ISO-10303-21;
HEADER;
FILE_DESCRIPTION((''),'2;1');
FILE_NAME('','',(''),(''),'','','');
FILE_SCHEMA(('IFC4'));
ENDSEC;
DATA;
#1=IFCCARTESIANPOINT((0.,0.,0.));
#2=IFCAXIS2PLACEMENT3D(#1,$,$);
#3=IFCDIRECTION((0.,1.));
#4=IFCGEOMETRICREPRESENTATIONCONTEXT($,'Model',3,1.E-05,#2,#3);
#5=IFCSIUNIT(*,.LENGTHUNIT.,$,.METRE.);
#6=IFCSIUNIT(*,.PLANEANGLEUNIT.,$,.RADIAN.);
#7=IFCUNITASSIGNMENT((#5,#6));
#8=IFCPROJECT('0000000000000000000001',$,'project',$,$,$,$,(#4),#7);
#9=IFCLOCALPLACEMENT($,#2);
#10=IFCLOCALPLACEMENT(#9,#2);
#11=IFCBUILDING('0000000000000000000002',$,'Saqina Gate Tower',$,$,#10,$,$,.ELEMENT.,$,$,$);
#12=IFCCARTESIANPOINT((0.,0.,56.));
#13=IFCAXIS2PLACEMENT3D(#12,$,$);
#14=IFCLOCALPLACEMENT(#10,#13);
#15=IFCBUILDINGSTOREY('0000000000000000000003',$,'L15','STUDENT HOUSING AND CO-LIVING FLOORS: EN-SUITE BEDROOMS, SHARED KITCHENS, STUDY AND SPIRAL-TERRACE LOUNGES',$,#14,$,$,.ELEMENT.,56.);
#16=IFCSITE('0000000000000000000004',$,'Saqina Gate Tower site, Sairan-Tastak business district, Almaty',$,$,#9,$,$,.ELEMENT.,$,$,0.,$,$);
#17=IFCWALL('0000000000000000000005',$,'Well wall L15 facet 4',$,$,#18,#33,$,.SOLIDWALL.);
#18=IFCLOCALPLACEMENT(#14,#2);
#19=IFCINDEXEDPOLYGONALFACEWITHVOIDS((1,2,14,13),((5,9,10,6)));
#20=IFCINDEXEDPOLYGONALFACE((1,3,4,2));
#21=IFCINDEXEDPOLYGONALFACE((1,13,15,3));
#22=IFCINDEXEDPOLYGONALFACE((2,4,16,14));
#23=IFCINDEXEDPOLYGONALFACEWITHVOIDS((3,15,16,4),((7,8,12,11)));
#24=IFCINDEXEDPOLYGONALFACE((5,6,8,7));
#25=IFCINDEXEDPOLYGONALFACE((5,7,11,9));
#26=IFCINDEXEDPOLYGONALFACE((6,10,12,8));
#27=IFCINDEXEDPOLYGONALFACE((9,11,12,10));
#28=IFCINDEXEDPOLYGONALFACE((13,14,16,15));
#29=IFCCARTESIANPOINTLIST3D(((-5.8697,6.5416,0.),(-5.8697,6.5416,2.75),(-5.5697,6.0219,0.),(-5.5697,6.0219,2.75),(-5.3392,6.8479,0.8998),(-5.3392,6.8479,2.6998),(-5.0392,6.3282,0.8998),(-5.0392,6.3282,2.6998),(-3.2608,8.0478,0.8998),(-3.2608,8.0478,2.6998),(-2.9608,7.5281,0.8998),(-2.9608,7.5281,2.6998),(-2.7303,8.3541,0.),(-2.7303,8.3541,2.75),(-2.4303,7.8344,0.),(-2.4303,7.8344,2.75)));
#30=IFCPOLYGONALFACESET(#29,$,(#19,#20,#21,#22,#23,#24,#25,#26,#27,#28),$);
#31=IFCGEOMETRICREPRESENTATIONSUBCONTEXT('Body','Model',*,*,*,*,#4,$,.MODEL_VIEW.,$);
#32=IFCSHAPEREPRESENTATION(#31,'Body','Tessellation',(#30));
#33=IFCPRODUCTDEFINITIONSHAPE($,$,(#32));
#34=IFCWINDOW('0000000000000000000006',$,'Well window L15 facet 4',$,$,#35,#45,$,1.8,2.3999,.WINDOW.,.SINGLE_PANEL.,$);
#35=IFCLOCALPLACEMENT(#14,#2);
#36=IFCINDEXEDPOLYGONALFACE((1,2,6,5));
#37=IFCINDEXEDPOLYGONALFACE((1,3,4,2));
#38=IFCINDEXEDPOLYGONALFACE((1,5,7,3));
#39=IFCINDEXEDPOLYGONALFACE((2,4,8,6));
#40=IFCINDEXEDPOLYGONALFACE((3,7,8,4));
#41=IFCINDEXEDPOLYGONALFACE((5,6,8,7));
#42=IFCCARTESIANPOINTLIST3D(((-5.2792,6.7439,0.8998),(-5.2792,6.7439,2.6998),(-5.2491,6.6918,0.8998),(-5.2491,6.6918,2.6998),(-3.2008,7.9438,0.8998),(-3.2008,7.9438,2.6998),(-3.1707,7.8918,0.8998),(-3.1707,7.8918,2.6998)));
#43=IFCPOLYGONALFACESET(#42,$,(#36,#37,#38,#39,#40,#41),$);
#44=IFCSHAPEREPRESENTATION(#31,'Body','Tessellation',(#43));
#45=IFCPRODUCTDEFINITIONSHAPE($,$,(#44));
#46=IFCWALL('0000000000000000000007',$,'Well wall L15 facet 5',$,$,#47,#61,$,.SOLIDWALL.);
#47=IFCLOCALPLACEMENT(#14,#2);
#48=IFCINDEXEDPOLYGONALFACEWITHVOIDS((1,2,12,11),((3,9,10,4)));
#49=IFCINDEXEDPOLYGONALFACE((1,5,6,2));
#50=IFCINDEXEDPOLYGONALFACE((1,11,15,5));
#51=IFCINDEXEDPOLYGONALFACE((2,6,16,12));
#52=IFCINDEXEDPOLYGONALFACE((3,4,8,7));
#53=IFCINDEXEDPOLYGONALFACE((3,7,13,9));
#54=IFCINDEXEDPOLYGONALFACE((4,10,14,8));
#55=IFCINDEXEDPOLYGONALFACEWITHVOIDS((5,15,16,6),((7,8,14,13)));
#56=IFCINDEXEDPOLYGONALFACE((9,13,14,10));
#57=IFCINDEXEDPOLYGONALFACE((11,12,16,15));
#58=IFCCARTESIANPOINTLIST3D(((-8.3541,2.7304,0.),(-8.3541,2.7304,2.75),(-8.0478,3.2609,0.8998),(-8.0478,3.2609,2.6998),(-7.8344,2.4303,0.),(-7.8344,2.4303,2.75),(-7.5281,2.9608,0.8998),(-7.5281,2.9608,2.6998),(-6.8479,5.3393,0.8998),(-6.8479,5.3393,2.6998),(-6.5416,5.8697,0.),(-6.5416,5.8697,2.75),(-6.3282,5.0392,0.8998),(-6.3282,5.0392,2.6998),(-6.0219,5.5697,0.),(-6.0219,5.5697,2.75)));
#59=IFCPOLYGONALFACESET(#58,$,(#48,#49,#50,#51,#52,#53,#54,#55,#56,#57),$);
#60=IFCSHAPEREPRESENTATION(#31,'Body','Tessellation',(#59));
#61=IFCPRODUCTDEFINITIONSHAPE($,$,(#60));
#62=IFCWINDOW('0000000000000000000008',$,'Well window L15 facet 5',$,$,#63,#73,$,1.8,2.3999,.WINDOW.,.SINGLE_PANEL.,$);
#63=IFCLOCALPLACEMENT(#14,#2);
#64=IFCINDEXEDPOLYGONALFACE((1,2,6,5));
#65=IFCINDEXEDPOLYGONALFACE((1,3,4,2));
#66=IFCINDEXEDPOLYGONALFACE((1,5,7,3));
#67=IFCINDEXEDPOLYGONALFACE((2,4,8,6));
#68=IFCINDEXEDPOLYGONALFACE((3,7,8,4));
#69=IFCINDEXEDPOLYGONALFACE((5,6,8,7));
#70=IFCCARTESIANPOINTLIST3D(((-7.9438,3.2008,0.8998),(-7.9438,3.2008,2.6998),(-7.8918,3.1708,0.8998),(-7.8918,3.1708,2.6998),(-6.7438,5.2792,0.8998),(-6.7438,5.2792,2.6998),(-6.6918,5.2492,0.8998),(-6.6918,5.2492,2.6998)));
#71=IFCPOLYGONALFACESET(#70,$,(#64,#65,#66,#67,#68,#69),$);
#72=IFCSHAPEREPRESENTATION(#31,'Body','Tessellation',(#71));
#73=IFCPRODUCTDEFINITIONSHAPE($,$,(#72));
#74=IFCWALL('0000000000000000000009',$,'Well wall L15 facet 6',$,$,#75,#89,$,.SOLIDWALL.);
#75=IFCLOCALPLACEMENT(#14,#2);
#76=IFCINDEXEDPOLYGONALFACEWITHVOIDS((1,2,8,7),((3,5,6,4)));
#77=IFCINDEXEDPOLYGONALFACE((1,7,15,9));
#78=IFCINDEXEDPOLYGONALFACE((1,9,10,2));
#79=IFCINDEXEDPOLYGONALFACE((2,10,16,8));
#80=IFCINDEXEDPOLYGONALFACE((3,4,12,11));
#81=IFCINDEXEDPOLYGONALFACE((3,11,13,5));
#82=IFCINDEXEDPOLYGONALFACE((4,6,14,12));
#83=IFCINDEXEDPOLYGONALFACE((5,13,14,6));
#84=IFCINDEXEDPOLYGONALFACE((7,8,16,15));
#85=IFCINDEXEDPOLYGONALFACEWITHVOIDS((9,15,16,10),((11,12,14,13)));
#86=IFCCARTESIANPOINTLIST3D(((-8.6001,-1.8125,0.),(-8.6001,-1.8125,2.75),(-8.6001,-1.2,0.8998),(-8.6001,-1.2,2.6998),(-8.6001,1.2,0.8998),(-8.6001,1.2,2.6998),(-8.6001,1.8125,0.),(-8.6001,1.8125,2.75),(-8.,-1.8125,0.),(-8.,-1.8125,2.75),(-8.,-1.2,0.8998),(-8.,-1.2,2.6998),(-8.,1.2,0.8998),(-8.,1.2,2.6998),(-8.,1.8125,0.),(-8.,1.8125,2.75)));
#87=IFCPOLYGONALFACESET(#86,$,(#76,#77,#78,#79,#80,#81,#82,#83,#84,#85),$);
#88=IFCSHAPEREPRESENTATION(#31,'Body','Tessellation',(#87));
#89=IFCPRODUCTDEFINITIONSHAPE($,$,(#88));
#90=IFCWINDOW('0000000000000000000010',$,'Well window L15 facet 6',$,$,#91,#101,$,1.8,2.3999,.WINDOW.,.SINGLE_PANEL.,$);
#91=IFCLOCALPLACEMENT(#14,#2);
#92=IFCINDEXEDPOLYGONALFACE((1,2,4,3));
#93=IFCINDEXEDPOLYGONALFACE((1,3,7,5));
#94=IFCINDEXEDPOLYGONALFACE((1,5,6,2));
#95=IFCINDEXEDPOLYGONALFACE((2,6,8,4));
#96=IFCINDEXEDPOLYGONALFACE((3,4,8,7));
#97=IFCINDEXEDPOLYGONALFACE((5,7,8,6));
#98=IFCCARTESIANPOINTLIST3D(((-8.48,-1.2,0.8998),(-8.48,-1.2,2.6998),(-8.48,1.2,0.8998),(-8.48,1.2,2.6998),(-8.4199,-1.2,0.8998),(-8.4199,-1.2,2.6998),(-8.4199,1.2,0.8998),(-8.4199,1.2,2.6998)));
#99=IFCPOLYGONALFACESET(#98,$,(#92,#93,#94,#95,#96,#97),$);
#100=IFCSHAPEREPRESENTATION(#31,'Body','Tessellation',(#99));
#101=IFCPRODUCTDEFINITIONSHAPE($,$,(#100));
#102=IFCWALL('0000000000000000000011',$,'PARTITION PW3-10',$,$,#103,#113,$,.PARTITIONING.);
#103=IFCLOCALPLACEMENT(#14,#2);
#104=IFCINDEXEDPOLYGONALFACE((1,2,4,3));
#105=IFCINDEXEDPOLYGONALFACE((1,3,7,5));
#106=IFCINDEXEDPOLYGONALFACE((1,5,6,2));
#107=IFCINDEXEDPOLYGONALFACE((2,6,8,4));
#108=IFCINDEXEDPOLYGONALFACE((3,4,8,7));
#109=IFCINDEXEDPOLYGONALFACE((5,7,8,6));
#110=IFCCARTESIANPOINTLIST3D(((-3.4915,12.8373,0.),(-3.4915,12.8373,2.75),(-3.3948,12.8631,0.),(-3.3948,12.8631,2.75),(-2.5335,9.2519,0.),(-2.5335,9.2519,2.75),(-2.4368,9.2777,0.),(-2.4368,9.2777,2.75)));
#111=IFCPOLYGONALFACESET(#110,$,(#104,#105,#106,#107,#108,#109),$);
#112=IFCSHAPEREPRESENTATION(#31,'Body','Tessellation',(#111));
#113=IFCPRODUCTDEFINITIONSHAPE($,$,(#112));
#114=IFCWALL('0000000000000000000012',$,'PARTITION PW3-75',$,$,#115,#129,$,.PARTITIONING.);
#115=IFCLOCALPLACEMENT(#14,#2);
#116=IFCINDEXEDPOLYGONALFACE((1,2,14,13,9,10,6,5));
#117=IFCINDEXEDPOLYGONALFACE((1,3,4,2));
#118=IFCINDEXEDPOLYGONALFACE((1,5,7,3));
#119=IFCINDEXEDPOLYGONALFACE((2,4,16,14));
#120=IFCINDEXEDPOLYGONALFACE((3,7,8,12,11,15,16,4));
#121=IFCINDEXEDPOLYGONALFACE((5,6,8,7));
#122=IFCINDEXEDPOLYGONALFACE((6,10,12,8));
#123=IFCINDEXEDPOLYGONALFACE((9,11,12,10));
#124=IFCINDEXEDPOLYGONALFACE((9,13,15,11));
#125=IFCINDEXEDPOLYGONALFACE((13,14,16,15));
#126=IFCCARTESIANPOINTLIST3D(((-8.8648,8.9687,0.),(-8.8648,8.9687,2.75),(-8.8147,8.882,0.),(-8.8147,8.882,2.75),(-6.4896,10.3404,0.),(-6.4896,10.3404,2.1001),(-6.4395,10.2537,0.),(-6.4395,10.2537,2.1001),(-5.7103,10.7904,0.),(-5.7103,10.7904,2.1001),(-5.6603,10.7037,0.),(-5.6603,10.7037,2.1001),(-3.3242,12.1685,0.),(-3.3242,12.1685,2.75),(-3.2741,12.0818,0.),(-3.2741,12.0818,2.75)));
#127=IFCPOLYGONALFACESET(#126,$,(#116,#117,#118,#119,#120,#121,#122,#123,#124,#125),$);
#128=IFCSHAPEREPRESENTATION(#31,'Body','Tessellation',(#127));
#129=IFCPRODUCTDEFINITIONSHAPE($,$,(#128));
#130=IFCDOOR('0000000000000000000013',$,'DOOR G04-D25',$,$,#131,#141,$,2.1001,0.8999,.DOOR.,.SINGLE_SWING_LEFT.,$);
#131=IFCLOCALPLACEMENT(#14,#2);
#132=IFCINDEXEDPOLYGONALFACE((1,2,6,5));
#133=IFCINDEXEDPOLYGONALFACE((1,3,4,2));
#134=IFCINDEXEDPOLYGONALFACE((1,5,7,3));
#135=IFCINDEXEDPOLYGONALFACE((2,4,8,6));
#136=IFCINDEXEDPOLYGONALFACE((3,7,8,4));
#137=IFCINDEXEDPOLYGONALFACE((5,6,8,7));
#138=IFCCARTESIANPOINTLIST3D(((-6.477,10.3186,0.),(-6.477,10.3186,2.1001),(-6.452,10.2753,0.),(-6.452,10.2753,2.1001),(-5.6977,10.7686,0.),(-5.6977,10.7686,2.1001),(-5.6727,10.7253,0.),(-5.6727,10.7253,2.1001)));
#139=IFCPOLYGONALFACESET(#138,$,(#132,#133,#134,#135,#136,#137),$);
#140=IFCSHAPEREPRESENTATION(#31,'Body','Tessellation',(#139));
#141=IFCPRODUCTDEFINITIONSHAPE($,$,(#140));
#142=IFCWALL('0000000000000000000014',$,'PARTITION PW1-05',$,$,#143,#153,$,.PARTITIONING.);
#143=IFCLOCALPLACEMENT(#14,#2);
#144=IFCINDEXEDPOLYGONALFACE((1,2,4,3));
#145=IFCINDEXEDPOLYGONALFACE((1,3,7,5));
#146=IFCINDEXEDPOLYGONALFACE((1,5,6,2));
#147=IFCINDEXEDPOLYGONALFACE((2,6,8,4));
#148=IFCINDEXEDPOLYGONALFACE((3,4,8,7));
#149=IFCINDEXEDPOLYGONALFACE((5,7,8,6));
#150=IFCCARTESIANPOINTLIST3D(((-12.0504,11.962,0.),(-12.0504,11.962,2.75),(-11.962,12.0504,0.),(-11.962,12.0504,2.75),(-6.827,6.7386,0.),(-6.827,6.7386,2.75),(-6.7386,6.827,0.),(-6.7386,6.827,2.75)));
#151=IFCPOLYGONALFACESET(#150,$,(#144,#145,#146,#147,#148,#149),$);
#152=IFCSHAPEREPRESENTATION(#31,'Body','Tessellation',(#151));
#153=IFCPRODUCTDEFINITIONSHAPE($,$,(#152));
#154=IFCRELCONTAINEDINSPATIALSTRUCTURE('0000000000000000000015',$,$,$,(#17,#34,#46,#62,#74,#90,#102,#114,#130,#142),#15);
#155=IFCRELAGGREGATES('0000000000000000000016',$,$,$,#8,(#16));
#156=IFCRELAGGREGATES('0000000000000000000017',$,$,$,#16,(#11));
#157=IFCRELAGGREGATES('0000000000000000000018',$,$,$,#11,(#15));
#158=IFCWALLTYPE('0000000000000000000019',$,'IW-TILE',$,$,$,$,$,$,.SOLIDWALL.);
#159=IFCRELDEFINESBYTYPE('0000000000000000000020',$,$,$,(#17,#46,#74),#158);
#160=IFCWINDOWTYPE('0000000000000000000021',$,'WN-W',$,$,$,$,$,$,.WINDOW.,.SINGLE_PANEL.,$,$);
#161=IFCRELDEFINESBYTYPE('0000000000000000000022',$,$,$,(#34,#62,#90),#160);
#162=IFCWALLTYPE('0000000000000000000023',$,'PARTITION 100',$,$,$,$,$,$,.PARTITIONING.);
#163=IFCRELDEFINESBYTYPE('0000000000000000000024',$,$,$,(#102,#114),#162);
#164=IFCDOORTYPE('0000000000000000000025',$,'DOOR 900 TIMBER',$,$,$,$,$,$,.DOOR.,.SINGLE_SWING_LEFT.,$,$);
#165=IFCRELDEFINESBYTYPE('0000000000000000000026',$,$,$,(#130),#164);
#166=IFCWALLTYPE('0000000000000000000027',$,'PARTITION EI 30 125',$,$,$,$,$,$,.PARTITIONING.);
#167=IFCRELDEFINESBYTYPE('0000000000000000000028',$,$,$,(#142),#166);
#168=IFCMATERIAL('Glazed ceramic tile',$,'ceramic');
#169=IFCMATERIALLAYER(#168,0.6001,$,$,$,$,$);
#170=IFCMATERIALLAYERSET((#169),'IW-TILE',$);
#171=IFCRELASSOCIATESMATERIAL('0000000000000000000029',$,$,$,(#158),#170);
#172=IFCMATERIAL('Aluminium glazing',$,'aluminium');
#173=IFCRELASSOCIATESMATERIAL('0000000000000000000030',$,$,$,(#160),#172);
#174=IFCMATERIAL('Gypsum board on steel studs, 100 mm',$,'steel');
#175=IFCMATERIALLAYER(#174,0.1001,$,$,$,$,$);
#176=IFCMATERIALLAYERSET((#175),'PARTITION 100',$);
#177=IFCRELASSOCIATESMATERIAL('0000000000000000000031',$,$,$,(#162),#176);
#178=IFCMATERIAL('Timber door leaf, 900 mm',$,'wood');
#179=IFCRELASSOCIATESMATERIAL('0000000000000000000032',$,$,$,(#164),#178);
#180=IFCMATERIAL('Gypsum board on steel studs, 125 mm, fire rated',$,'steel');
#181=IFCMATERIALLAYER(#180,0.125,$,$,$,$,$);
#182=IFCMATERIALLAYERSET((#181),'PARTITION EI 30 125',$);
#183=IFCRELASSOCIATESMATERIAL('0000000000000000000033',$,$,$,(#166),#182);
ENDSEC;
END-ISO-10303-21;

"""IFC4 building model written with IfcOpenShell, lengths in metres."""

from ifc_helpers import new_model, si_unit, direction, frame, frame_2d, origin, place, context, subcontext, project, spatial, rectangle, extrude, material, layer, layer_set, type_object, element, fill, save


model = new_model("IFC4")

# Units and contexts
model_context = context("Model", 3, precision=1e-05, world=origin(), true_north=direction((0.0, 1.0)))
body_context = subcontext(model_context, "Body", "Model", "MODEL_VIEW")
ifc_project = project(units=[si_unit("LENGTHUNIT", "METRE"), si_unit("PLANEANGLEUNIT", "RADIAN")], contexts=[model_context])

# Site, building, storey
site_placement = place(None, origin())
site = spatial("IfcSite", under=ifc_project, at=site_placement, Name="Saqina Gate Tower site, Sairan-Tastak business district, Almaty", CompositionType="ELEMENT", RefElevation=0.0)
building_placement = place(site_placement, origin())
building = spatial("IfcBuilding", under=site, at=building_placement, Name="Saqina Gate Tower", CompositionType="ELEMENT")
storey_placement = place(building_placement, frame((0.0, 0.0, 56.0)))
storey = spatial("IfcBuildingStorey", under=building, at=storey_placement, Name="L15", Description="STUDENT HOUSING AND CO-LIVING FLOORS: EN-SUITE BEDROOMS, SHARED KITCHENS, STUDY AND SPIRAL-TERRACE LOUNGES", CompositionType="ELEMENT", Elevation=56.0)

# Walls, openings, windows
ifc_material_1 = material(Name="Glazed ceramic tile", Category="ceramic")
ifc_layer_1 = layer(ifc_material_1, 0.6001)
ifc_layer_set_1 = layer_set([ifc_layer_1], Name="IW-TILE")
wall_type_1 = type_object("IfcWallType", Name="IW-TILE", PredefinedType="SOLIDWALL", material=ifc_layer_set_1)
wall_1_placement = place(storey_placement, frame((-2.5803, 8.0942, 0.0), z_axis=(0.0, 0.0, 1.0), x_axis=(-0.86603, -0.499993, 0.0)))
wall_1 = element("IfcWall", 1, at=wall_1_placement, inside=storey, type_object=wall_type_1, Name="Well wall L15 facet 4", PredefinedType="SOLIDWALL", context=body_context, shape_type="SweptSolid", body=[
    extrude(rectangle(XDim=3.625, YDim=0.6001, at=frame_2d((1.8125, 0.0))), origin(), (0.0, 0.0, 1.0), 2.75),
])
opening_1_placement = place(wall_1_placement, frame((0.6125, 0.0, 0.8999)))
opening_1 = element("IfcOpeningElement", 2, at=opening_1_placement, cuts=wall_1, PredefinedType="OPENING", context=body_context, shape_type="SweptSolid", body=[
    extrude(rectangle(XDim=2.3999, YDim=1.8, at=frame_2d((1.2, 0.8999))), frame((0.0, 0.312, 0.0), z_axis=(0.0, -1.0, 0.0), x_axis=(1.0, 0.0, 0.0)), (0.0, 0.0, 1.0), 0.624),
])
ifc_material_2 = material(Name="Aluminium glazing", Category="aluminium")
window_type = type_object("IfcWindowType", Name="WN-W", PartitioningType="SINGLE_PANEL", PredefinedType="WINDOW", material=ifc_material_2)
window_1_placement = place(opening_1_placement, origin())
window_1 = element("IfcWindow", 3, at=window_1_placement, inside=storey, type_object=window_type, Name="Well window L15 facet 4", OverallHeight=1.8, OverallWidth=2.3999, PartitioningType="SINGLE_PANEL", PredefinedType="WINDOW", context=body_context, shape_type="SweptSolid", body=[
    extrude(rectangle(XDim=2.3999, YDim=1.8, at=frame_2d((1.2, 0.8999))), frame((0.0, -0.1199, 0.0), z_axis=(0.0, -1.0, 0.0), x_axis=(1.0, 0.0, 0.0)), (0.0, 0.0, 1.0), 0.0601),
])
fill(opening_1, window_1)
wall_2_placement = place(storey_placement, frame((-6.2817, 5.7197, 0.0), z_axis=(0.0, 0.0, 1.0), x_axis=(-0.499993, -0.86603, 0.0)))
wall_2 = element("IfcWall", 4, at=wall_2_placement, inside=storey, type_object=wall_type_1, Name="Well wall L15 facet 5", PredefinedType="SOLIDWALL", context=body_context, shape_type="SweptSolid", body=[
    extrude(rectangle(XDim=3.625, YDim=0.6001, at=frame_2d((1.8125, 0.0))), origin(), (0.0, 0.0, 1.0), 2.75),
])
opening_2_placement = place(wall_2_placement, frame((0.6125, 0.0, 0.8999)))
opening_2 = element("IfcOpeningElement", 5, at=opening_2_placement, cuts=wall_2, PredefinedType="OPENING", context=body_context, shape_type="SweptSolid", body=[
    extrude(rectangle(XDim=2.3999, YDim=1.8, at=frame_2d((1.2, 0.8999))), frame((0.0, 0.312, 0.0), z_axis=(0.0, -1.0, 0.0), x_axis=(1.0, 0.0, 0.0)), (0.0, 0.0, 1.0), 0.624),
])
window_2_placement = place(opening_2_placement, origin())
window_2 = element("IfcWindow", 6, at=window_2_placement, inside=storey, type_object=window_type, Name="Well window L15 facet 5", OverallHeight=1.8, OverallWidth=2.3999, PartitioningType="SINGLE_PANEL", PredefinedType="WINDOW", context=body_context, shape_type="SweptSolid", body=[
    extrude(rectangle(XDim=2.3999, YDim=1.8, at=frame_2d((1.2, 0.8999))), frame((0.0, -0.1199, 0.0), z_axis=(0.0, -1.0, 0.0), x_axis=(1.0, 0.0, 0.0)), (0.0, 0.0, 1.0), 0.0601),
])
fill(opening_2, window_2)
wall_3_placement = place(storey_placement, frame((-8.3, 1.8125, 0.0), z_axis=(0.0, 0.0, 1.0), x_axis=(0.0, -1.0, 0.0)))
wall_3 = element("IfcWall", 7, at=wall_3_placement, inside=storey, type_object=wall_type_1, Name="Well wall L15 facet 6", PredefinedType="SOLIDWALL", context=body_context, shape_type="SweptSolid", body=[
    extrude(rectangle(XDim=3.625, YDim=0.6001, at=frame_2d((1.8125, 0.0))), origin(), (0.0, 0.0, 1.0), 2.75),
])
opening_3_placement = place(wall_3_placement, frame((0.6125, 0.0, 0.8999)))
opening_3 = element("IfcOpeningElement", 8, at=opening_3_placement, cuts=wall_3, PredefinedType="OPENING", context=body_context, shape_type="SweptSolid", body=[
    extrude(rectangle(XDim=2.3999, YDim=1.8, at=frame_2d((1.2, 0.8999))), frame((0.0, 0.312, 0.0), z_axis=(0.0, -1.0, 0.0), x_axis=(1.0, 0.0, 0.0)), (0.0, 0.0, 1.0), 0.624),
])
window_3_placement = place(opening_3_placement, origin())
window_3 = element("IfcWindow", 9, at=window_3_placement, inside=storey, type_object=window_type, Name="Well window L15 facet 6", OverallHeight=1.8, OverallWidth=2.3999, PartitioningType="SINGLE_PANEL", PredefinedType="WINDOW", context=body_context, shape_type="SweptSolid", body=[
    extrude(rectangle(XDim=2.3999, YDim=1.8, at=frame_2d((1.2, 0.8999))), frame((0.0, -0.1199, 0.0), z_axis=(0.0, -1.0, 0.0), x_axis=(1.0, 0.0, 0.0)), (0.0, 0.0, 1.0), 0.0601),
])
fill(opening_3, window_3)

# Wall
ifc_material_3 = material(Name="Gypsum board on steel studs, 100 mm", Category="steel")
ifc_layer_2 = layer(ifc_material_3, 0.1001)
ifc_layer_set_2 = layer_set([ifc_layer_2], Name="PARTITION 100")
wall_type_2 = type_object("IfcWallType", Name="PARTITION 100", PredefinedType="PARTITIONING", material=ifc_layer_set_2)
wall_4_placement = place(storey_placement, frame((-3.4431, 12.8501, 0.0), z_axis=(0.0, 0.0, 1.0), x_axis=(0.258138, -0.966108, 0.0)))
element("IfcWall", 10, at=wall_4_placement, inside=storey, type_object=wall_type_2, Name="PARTITION PW3-10", PredefinedType="PARTITIONING", context=body_context, shape_type="SweptSolid", body=[
    extrude(rectangle(XDim=3.7112, YDim=0.1001, at=frame_2d((1.8555, 0.0))), origin(), (0.0, 0.0, 1.0), 2.75),
])

# Wall, opening, door
wall_5_placement = place(storey_placement, frame((-8.8398, 8.9253, 0.0), z_axis=(0.0, 0.0, 1.0), x_axis=(0.865966, 0.500103, 0.0)))
wall_5 = element("IfcWall", 11, at=wall_5_placement, inside=storey, type_object=wall_type_2, Name="PARTITION PW3-75", PredefinedType="PARTITIONING", context=body_context, shape_type="SweptSolid", body=[
    extrude(rectangle(XDim=6.3982, YDim=0.1001, at=frame_2d((3.1992, 0.0))), origin(), (0.0, 0.0, 1.0), 2.75),
])
opening_4_placement = place(wall_5_placement, frame((2.7429, 0.0, 0.0)))
opening_4 = element("IfcOpeningElement", 12, at=opening_4_placement, cuts=wall_5, PredefinedType="OPENING", context=body_context, shape_type="SweptSolid", body=[
    extrude(rectangle(XDim=0.8999, YDim=2.1001, at=frame_2d((0.45, 1.05))), frame((0.0, 0.062, 0.0), z_axis=(0.0, -1.0, 0.0), x_axis=(1.0, 0.0, 0.0)), (0.0, 0.0, 1.0), 0.124),
])
ifc_material_4 = material(Name="Timber door leaf, 900 mm", Category="wood")
door_type_1 = type_object("IfcDoorType", Name="DOOR 900 TIMBER", OperationType="SINGLE_SWING_LEFT", PredefinedType="DOOR", material=ifc_material_4)
door_1_placement = place(opening_4_placement, origin())
door_1 = element("IfcDoor", 13, at=door_1_placement, inside=storey, type_object=door_type_1, Name="DOOR G04-D25", OperationType="SINGLE_SWING_LEFT", OverallHeight=2.1001, OverallWidth=0.8999, PredefinedType="DOOR", context=body_context, shape_type="SweptSolid", body=[
    extrude(rectangle(XDim=0.8999, YDim=2.1001, at=frame_2d((0.45, 1.05))), frame((0.0, 0.0249, 0.0), z_axis=(0.0, -1.0, 0.0), x_axis=(1.0, 0.0, 0.0)), (0.0, 0.0, 1.0), 0.05),
])
fill(opening_4, door_1)

# Wall
ifc_material_5 = material(Name="Gypsum board on steel studs, 125 mm, fire rated", Category="steel")
ifc_layer_3 = layer(ifc_material_5, 0.125)
ifc_layer_set_3 = layer_set([ifc_layer_3], Name="PARTITION EI 30 125")
wall_type_3 = type_object("IfcWallType", Name="PARTITION EI 30 125", PredefinedType="PARTITIONING", material=ifc_layer_set_3)
wall_6_placement = place(storey_placement, frame((-12.0061, 12.0061, 0.0), z_axis=(0.0, 0.0, 1.0), x_axis=(0.707107, -0.707107, 0.0)))
element("IfcWall", 14, at=wall_6_placement, inside=storey, type_object=wall_type_3, Name="PARTITION PW1-05", PredefinedType="PARTITIONING", context=body_context, shape_type="SweptSolid", body=[
    extrude(rectangle(XDim=7.387, YDim=0.125, at=frame_2d((3.6934, 0.0))), origin(), (0.0, 0.0, 1.0), 2.75),
])

save(model, "model.ifc")
